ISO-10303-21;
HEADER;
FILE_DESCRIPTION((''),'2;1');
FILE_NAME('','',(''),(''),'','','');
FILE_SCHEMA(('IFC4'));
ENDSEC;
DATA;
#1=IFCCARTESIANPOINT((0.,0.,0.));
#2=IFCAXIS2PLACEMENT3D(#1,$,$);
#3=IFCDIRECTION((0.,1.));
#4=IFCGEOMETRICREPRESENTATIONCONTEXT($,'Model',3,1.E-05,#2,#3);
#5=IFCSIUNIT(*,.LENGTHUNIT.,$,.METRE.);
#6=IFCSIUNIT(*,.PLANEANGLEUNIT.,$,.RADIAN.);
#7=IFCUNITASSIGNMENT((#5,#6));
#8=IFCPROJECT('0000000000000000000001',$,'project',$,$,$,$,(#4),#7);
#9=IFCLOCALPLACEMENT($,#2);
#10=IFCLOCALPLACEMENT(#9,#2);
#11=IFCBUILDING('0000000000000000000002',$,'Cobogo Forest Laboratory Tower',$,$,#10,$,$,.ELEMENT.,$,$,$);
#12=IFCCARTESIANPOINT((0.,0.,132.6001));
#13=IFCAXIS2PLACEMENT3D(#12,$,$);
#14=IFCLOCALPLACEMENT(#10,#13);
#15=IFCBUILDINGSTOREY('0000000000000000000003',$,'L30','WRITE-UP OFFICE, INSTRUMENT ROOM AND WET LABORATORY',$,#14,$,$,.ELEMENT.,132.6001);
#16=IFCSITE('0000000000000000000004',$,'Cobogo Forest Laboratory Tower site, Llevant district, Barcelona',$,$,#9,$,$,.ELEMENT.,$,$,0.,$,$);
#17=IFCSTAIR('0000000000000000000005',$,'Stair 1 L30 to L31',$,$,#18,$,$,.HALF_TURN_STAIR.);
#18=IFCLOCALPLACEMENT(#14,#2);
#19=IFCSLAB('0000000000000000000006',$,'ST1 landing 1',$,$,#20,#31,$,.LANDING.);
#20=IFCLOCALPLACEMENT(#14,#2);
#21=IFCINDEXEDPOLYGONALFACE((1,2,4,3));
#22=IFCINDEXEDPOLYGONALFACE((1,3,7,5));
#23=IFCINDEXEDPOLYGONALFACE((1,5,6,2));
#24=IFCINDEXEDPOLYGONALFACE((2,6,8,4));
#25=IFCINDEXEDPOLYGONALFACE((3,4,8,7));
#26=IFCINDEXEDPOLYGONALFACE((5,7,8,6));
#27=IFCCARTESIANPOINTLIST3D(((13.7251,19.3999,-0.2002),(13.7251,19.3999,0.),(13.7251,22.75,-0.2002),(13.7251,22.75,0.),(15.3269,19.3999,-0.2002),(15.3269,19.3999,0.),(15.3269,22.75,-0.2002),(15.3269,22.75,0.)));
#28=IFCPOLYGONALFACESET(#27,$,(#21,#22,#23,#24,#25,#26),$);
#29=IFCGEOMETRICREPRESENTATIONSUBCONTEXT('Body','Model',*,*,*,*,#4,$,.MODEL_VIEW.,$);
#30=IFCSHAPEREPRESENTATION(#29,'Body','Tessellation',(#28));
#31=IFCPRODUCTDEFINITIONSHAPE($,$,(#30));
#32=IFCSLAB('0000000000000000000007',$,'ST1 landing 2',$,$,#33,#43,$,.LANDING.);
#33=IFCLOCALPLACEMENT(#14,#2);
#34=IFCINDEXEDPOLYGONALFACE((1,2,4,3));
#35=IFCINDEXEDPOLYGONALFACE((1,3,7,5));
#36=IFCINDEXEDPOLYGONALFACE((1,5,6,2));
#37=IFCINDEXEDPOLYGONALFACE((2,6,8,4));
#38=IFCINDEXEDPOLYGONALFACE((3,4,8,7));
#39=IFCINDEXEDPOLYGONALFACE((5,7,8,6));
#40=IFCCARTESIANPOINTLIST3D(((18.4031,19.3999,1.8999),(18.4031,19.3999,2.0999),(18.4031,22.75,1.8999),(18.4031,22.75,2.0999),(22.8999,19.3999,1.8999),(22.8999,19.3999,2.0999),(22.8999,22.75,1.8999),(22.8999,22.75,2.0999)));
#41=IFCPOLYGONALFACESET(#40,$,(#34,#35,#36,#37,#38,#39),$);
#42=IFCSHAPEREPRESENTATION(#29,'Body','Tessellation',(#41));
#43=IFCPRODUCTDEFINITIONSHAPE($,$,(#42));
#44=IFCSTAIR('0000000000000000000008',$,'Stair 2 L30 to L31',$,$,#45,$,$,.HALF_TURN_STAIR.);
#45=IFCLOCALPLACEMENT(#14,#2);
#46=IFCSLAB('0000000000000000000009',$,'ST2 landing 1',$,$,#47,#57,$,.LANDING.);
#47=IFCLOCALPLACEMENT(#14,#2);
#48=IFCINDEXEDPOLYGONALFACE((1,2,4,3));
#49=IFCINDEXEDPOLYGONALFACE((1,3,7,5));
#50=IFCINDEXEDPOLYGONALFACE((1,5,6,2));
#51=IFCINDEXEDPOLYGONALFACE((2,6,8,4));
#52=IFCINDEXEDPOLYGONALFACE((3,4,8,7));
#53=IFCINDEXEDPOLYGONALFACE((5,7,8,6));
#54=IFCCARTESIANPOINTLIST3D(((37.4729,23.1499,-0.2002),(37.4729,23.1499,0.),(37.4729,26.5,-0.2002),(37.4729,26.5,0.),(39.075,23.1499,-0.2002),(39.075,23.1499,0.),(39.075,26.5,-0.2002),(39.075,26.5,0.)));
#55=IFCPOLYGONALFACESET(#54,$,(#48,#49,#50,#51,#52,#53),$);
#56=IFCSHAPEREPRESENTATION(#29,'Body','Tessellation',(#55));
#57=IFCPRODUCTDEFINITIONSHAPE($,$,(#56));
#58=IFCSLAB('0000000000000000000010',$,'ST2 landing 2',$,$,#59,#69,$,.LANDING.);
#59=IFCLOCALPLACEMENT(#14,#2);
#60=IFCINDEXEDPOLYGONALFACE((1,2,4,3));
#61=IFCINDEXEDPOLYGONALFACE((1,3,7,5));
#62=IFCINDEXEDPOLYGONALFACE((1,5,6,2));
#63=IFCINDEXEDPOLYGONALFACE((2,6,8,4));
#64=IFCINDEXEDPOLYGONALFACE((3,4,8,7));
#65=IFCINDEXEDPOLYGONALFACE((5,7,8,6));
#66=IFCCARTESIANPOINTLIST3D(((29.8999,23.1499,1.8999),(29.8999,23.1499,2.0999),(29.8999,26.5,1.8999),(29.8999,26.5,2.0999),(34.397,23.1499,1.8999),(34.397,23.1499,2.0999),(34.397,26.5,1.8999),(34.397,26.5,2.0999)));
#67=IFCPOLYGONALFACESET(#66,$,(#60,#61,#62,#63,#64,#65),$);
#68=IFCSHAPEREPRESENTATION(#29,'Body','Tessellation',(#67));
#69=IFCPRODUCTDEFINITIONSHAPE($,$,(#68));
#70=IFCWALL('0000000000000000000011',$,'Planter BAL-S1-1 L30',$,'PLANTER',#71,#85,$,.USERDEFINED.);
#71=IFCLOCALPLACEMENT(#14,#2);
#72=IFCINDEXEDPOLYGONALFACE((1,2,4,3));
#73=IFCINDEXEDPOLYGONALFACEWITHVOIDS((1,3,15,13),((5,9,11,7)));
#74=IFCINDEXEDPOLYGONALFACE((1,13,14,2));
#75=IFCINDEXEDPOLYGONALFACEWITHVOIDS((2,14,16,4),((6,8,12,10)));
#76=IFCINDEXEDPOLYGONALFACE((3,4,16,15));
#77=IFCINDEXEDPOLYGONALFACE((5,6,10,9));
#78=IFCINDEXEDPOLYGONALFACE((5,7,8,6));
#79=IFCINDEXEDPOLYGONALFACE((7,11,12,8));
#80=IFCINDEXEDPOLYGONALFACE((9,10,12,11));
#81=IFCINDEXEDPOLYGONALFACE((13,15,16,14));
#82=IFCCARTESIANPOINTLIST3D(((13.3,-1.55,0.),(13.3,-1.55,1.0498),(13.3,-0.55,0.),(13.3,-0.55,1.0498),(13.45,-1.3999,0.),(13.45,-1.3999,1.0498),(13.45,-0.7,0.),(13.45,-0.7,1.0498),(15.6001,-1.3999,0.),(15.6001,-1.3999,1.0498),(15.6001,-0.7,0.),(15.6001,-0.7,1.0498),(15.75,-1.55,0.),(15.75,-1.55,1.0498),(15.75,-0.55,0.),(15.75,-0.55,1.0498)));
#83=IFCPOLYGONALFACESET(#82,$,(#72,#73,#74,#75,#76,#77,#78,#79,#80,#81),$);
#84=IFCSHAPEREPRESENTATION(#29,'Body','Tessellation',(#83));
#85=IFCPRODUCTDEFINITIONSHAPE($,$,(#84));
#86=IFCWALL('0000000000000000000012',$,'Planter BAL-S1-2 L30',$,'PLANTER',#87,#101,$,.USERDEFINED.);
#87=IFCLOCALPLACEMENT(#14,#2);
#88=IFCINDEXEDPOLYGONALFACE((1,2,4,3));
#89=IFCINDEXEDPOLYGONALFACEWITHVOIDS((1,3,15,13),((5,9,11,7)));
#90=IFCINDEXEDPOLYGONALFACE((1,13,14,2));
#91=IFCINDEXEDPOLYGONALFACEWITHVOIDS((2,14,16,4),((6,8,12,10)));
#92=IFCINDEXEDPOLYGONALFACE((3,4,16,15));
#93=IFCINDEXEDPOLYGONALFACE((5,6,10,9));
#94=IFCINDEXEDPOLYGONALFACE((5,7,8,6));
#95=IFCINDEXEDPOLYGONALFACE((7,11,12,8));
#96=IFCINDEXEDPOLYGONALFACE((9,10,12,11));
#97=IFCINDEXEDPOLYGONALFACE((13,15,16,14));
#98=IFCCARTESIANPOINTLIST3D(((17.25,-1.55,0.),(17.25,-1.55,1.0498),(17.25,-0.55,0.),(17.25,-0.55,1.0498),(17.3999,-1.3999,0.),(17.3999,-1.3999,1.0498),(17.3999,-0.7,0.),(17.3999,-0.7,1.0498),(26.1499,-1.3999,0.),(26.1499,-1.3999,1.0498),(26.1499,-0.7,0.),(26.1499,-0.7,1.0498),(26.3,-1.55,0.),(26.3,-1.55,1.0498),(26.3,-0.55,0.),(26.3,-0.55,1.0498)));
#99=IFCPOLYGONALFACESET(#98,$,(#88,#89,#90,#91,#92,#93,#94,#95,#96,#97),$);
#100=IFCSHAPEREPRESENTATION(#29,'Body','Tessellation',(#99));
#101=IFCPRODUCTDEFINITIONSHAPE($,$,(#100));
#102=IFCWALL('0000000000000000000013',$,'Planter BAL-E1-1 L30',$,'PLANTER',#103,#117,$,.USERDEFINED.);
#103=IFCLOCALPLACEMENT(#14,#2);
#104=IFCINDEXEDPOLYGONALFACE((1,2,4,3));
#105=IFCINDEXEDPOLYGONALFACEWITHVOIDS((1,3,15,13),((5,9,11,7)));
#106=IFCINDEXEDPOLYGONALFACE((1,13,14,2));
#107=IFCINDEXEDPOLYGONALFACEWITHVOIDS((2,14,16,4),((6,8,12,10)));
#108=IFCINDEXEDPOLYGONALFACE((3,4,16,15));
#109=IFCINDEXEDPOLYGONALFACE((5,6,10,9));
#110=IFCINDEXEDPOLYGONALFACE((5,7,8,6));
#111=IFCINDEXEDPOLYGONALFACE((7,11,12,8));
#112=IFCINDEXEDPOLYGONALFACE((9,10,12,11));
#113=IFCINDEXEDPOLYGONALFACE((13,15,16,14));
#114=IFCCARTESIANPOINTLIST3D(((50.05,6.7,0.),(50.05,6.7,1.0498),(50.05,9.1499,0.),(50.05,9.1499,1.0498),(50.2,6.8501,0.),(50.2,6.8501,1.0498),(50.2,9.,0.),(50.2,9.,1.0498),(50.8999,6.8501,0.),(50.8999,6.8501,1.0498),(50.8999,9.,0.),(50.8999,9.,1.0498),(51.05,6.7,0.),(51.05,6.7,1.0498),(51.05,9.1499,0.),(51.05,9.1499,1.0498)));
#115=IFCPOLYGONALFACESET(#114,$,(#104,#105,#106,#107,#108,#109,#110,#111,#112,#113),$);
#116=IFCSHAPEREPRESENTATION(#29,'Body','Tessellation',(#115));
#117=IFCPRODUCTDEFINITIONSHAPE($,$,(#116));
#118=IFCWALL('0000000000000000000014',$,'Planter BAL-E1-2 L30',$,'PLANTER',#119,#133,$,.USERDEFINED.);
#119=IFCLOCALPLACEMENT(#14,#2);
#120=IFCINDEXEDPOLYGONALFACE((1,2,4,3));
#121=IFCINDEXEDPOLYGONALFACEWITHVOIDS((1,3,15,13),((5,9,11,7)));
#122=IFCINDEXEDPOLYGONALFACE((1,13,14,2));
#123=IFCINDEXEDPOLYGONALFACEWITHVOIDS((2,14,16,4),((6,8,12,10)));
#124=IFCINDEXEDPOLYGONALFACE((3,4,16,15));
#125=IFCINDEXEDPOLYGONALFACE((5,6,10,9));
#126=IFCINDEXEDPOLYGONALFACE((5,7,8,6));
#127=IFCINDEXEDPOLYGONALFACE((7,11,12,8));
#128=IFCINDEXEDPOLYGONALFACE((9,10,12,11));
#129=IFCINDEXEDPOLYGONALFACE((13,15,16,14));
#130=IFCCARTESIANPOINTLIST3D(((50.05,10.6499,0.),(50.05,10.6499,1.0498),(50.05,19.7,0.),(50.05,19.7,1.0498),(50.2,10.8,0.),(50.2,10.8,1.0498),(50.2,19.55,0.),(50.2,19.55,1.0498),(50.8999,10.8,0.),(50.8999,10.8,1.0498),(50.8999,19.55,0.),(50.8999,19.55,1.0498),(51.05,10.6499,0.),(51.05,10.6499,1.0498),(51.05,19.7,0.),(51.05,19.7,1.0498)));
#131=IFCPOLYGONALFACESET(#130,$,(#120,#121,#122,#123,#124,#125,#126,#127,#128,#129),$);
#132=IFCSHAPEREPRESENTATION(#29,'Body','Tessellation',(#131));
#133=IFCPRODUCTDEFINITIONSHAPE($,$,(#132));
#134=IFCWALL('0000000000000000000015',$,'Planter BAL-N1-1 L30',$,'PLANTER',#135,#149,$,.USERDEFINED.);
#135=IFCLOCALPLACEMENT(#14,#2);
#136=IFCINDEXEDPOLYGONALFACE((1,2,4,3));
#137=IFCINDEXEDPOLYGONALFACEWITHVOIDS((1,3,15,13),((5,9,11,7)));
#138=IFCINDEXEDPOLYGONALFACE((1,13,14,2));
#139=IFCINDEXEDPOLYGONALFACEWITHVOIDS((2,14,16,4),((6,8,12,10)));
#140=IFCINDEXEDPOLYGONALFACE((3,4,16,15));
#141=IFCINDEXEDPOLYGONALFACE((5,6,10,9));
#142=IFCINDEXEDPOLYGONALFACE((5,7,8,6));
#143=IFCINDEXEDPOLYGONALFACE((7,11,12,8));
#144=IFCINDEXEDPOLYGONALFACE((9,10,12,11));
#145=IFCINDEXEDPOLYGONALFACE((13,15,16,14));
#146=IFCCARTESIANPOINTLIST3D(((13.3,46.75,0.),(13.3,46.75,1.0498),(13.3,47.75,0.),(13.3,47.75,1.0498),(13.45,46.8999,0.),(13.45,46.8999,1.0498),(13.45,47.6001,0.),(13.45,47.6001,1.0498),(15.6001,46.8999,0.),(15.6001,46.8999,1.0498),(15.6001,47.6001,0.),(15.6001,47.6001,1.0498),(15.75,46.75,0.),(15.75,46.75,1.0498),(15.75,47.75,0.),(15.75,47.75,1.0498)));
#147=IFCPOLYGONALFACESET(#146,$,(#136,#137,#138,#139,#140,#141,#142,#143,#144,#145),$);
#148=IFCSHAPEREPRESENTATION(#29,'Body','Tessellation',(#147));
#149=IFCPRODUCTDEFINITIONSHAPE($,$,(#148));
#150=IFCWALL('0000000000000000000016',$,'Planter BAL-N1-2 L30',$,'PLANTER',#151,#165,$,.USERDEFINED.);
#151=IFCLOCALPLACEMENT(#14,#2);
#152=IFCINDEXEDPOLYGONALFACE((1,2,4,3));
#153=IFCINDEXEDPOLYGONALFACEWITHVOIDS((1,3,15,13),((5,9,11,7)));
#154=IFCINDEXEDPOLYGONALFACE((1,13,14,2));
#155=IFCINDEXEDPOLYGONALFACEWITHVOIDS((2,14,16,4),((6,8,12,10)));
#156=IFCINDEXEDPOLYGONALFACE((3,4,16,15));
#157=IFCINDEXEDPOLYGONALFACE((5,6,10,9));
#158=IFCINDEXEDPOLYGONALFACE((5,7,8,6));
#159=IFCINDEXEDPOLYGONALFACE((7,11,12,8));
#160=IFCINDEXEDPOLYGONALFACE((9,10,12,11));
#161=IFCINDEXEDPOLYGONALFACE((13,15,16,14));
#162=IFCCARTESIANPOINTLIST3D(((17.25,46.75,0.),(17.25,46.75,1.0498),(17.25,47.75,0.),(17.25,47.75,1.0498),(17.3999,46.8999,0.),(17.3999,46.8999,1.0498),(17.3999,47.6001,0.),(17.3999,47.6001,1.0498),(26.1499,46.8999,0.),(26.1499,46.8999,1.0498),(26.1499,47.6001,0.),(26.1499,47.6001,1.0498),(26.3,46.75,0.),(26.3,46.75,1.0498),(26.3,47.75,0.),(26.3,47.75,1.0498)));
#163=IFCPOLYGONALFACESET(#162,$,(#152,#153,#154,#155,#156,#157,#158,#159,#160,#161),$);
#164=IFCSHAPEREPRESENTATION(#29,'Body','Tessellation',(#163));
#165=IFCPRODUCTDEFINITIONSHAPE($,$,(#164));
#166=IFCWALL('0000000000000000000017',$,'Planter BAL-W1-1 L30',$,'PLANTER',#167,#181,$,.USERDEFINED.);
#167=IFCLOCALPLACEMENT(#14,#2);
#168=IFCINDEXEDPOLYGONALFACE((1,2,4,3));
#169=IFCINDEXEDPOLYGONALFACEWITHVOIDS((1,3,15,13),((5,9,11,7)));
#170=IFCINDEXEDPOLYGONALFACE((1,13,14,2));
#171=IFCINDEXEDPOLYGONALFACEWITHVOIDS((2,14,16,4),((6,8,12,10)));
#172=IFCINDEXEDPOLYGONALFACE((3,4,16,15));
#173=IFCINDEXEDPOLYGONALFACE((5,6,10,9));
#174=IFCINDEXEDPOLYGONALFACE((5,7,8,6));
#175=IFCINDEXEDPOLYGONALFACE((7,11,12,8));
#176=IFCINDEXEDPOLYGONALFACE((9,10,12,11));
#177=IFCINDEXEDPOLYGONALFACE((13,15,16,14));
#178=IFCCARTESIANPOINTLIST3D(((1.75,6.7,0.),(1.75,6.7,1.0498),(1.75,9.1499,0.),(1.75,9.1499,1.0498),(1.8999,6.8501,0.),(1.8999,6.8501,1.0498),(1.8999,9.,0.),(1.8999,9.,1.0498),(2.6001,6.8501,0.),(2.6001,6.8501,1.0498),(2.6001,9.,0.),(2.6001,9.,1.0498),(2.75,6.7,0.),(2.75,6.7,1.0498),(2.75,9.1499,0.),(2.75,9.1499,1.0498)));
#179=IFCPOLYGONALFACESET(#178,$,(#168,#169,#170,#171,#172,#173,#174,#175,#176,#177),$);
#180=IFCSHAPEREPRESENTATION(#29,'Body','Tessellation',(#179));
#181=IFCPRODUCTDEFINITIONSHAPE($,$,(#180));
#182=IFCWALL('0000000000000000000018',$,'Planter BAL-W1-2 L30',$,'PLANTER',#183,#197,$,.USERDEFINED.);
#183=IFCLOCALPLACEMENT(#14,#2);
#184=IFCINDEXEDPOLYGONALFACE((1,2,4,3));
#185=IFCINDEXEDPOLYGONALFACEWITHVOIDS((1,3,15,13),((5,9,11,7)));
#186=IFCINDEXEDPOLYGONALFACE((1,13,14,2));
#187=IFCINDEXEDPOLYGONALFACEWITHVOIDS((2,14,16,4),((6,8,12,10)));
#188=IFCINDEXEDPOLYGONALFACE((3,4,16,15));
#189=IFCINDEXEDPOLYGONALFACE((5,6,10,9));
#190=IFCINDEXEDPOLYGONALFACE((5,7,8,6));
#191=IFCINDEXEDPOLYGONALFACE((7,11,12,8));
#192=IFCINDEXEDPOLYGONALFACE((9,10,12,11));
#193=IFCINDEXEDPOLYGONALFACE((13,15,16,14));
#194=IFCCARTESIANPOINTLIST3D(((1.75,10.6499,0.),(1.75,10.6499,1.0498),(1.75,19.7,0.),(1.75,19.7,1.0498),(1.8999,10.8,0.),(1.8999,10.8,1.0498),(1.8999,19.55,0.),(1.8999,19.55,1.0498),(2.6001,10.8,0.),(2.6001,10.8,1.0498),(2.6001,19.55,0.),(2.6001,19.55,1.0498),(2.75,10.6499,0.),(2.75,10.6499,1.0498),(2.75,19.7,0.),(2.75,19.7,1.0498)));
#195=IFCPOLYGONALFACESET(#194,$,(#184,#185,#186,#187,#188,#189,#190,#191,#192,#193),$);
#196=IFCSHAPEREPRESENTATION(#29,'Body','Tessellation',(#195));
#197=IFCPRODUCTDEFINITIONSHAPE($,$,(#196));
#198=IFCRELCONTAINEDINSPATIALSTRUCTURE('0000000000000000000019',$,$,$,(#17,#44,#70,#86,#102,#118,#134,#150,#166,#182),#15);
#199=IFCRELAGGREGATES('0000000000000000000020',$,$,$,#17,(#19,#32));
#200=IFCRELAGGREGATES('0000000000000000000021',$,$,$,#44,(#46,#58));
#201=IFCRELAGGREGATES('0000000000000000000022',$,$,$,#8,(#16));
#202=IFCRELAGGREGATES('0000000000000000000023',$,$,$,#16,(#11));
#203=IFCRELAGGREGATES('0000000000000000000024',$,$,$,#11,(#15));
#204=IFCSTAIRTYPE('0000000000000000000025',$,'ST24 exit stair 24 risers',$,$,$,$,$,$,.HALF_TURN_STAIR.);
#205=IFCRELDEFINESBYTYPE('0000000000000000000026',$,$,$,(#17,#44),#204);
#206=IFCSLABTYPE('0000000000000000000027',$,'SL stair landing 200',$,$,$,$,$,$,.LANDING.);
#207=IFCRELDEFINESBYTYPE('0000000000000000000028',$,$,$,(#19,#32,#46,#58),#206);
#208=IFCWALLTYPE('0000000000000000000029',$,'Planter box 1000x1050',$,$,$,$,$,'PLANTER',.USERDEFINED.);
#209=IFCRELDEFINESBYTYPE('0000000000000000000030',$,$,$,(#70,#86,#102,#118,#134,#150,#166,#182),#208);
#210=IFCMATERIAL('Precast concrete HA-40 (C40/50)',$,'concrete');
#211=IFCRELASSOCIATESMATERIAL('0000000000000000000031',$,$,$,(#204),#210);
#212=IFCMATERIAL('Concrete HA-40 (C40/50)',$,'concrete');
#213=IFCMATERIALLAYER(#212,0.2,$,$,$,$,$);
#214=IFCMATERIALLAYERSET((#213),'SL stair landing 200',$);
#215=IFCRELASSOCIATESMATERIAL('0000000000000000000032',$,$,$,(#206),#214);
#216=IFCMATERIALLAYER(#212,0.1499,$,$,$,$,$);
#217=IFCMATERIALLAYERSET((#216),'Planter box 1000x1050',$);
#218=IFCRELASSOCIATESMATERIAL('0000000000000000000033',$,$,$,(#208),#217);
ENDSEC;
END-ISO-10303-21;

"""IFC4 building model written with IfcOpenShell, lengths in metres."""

from ifc_helpers import new_model, si_unit, direction, frame, origin, place, context, subcontext, project, spatial, polyline, outline, extrude, material, layer, layer_set, type_object, element, aggregate, save


model = new_model("IFC4")

# Units and contexts
model_context = context("Model", 3, precision=1e-05, world=origin(), true_north=direction((0.0, 1.0)))
body_context = subcontext(model_context, "Body", "Model", "MODEL_VIEW")
ifc_project = project(units=[si_unit("LENGTHUNIT", "METRE"), si_unit("PLANEANGLEUNIT", "RADIAN")], contexts=[model_context])

# Site, building, storey
site_placement = place(None, origin())
site = spatial("IfcSite", under=ifc_project, at=site_placement, Name="Cobogo Forest Laboratory Tower site, Llevant district, Barcelona", CompositionType="ELEMENT", RefElevation=0.0)
building_placement = place(site_placement, origin())
building = spatial("IfcBuilding", under=site, at=building_placement, Name="Cobogo Forest Laboratory Tower", CompositionType="ELEMENT")
storey_placement = place(building_placement, frame((0.0, 0.0, 132.6001)))
storey = spatial("IfcBuildingStorey", under=building, at=storey_placement, Name="L30", Description="WRITE-UP OFFICE, INSTRUMENT ROOM AND WET LABORATORY", CompositionType="ELEMENT", Elevation=132.6001)

# Shared definitions
ifc_material_1 = material(Name="Concrete HA-40 (C40/50)", Category="concrete")

# Stairs, slabs
ifc_material_2 = material(Name="Precast concrete HA-40 (C40/50)", Category="concrete")
stair_type = type_object("IfcStairType", Name="ST24 exit stair 24 risers", PredefinedType="HALF_TURN_STAIR", material=ifc_material_2)
stair_1_placement = place(storey_placement, origin())
stair_1 = element("IfcStair", 1, at=stair_1_placement, inside=storey, type_object=stair_type, Name="Stair 1 L30 to L31", PredefinedType="HALF_TURN_STAIR")
ifc_layer_1 = layer(ifc_material_1, 0.2)
ifc_layer_set_1 = layer_set([ifc_layer_1], Name="SL stair landing 200")
slab_type_1 = type_object("IfcSlabType", Name="SL stair landing 200", PredefinedType="LANDING", material=ifc_layer_set_1)
slab_1_placement = place(storey_placement, frame((0.0, 0.0, -0.2002)))
slab_1 = element("IfcSlab", 2, at=slab_1_placement, type_object=slab_type_1, Name="ST1 landing 1", PredefinedType="LANDING", context=body_context, shape_type="SweptSolid", body=[
    extrude(outline(polyline([(13.7251, 19.3999), (15.3269, 19.3999), (15.3269, 22.75), (13.7251, 22.75), (13.7251, 19.3999)])), origin(), (0.0, 0.0, 1.0), 0.2002),
])
slab_2_placement = place(storey_placement, frame((0.0, 0.0, 1.8999)))
slab_2 = element("IfcSlab", 3, at=slab_2_placement, type_object=slab_type_1, Name="ST1 landing 2", PredefinedType="LANDING", context=body_context, shape_type="SweptSolid", body=[
    extrude(outline(polyline([(18.4031, 19.3999), (22.8999, 19.3999), (22.8999, 22.75), (18.4031, 22.75), (18.4031, 19.3999)])), origin(), (0.0, 0.0, 1.0), 0.2),
])
aggregate(stair_1, [slab_1, slab_2])
stair_2_placement = place(storey_placement, origin())
stair_2 = element("IfcStair", 4, at=stair_2_placement, inside=storey, type_object=stair_type, Name="Stair 2 L30 to L31", PredefinedType="HALF_TURN_STAIR")
slab_3_placement = place(storey_placement, frame((0.0, 0.0, -0.2002)))
slab_3 = element("IfcSlab", 5, at=slab_3_placement, type_object=slab_type_1, Name="ST2 landing 1", PredefinedType="LANDING", context=body_context, shape_type="SweptSolid", body=[
    extrude(outline(polyline([(37.4729, 23.1499), (39.075, 23.1499), (39.075, 26.5), (37.4729, 26.5), (37.4729, 23.1499)])), origin(), (0.0, 0.0, 1.0), 0.2002),
])
slab_4_placement = place(storey_placement, frame((0.0, 0.0, 1.8999)))
slab_4 = element("IfcSlab", 6, at=slab_4_placement, type_object=slab_type_1, Name="ST2 landing 2", PredefinedType="LANDING", context=body_context, shape_type="SweptSolid", body=[
    extrude(outline(polyline([(29.8999, 23.1499), (34.397, 23.1499), (34.397, 26.5), (29.8999, 26.5), (29.8999, 23.1499)])), origin(), (0.0, 0.0, 1.0), 0.2),
])
aggregate(stair_2, [slab_3, slab_4])

# Walls
ifc_layer_2 = layer(ifc_material_1, 0.1499)
ifc_layer_set_2 = layer_set([ifc_layer_2], Name="Planter box 1000x1050")
wall_type = type_object("IfcWallType", Name="Planter box 1000x1050", ElementType="PLANTER", PredefinedType="USERDEFINED", material=ifc_layer_set_2)
wall_1_placement = place(storey_placement, origin())
element("IfcWall", 7, at=wall_1_placement, inside=storey, type_object=wall_type, Name="Planter BAL-S1-1 L30", ObjectType="PLANTER", PredefinedType="USERDEFINED", context=body_context, shape_type="SweptSolid", body=[
    extrude(outline(polyline([(13.3, -1.55), (15.75, -1.55), (15.75, -0.55), (13.3, -0.55), (13.3, -1.55)]), holes=[polyline([(13.45, -1.3999), (15.6001, -1.3999), (15.6001, -0.7), (13.45, -0.7), (13.45, -1.3999)])]), origin(), (0.0, 0.0, 1.0), 1.0498),
])
wall_2_placement = place(storey_placement, origin())
element("IfcWall", 8, at=wall_2_placement, inside=storey, type_object=wall_type, Name="Planter BAL-S1-2 L30", ObjectType="PLANTER", PredefinedType="USERDEFINED", context=body_context, shape_type="SweptSolid", body=[
    extrude(outline(polyline([(17.25, -1.55), (26.3, -1.55), (26.3, -0.55), (17.25, -0.55), (17.25, -1.55)]), holes=[polyline([(17.3999, -1.3999), (26.1499, -1.3999), (26.1499, -0.7), (17.3999, -0.7), (17.3999, -1.3999)])]), origin(), (0.0, 0.0, 1.0), 1.0498),
])
wall_3_placement = place(storey_placement, origin())
element("IfcWall", 9, at=wall_3_placement, inside=storey, type_object=wall_type, Name="Planter BAL-E1-1 L30", ObjectType="PLANTER", PredefinedType="USERDEFINED", context=body_context, shape_type="SweptSolid", body=[
    extrude(outline(polyline([(50.05, 6.7), (51.05, 6.7), (51.05, 9.1499), (50.05, 9.1499), (50.05, 6.7)]), holes=[polyline([(50.2, 6.8501), (50.8999, 6.8501), (50.8999, 9.0), (50.2, 9.0), (50.2, 6.8501)])]), origin(), (0.0, 0.0, 1.0), 1.0498),
])
wall_4_placement = place(storey_placement, origin())
element("IfcWall", 10, at=wall_4_placement, inside=storey, type_object=wall_type, Name="Planter BAL-E1-2 L30", ObjectType="PLANTER", PredefinedType="USERDEFINED", context=body_context, shape_type="SweptSolid", body=[
    extrude(outline(polyline([(50.05, 10.6499), (51.05, 10.6499), (51.05, 19.7), (50.05, 19.7), (50.05, 10.6499)]), holes=[polyline([(50.2, 10.8), (50.8999, 10.8), (50.8999, 19.55), (50.2, 19.55), (50.2, 10.8)])]), origin(), (0.0, 0.0, 1.0), 1.0498),
])
wall_5_placement = place(storey_placement, origin())
element("IfcWall", 11, at=wall_5_placement, inside=storey, type_object=wall_type, Name="Planter BAL-N1-1 L30", ObjectType="PLANTER", PredefinedType="USERDEFINED", context=body_context, shape_type="SweptSolid", body=[
    extrude(outline(polyline([(13.3, 46.75), (15.75, 46.75), (15.75, 47.75), (13.3, 47.75), (13.3, 46.75)]), holes=[polyline([(13.45, 46.8999), (15.6001, 46.8999), (15.6001, 47.6001), (13.45, 47.6001), (13.45, 46.8999)])]), origin(), (0.0, 0.0, 1.0), 1.0498),
])
wall_6_placement = place(storey_placement, origin())
element("IfcWall", 12, at=wall_6_placement, inside=storey, type_object=wall_type, Name="Planter BAL-N1-2 L30", ObjectType="PLANTER", PredefinedType="USERDEFINED", context=body_context, shape_type="SweptSolid", body=[
    extrude(outline(polyline([(17.25, 46.75), (26.3, 46.75), (26.3, 47.75), (17.25, 47.75), (17.25, 46.75)]), holes=[polyline([(17.3999, 46.8999), (26.1499, 46.8999), (26.1499, 47.6001), (17.3999, 47.6001), (17.3999, 46.8999)])]), origin(), (0.0, 0.0, 1.0), 1.0498),
])
wall_7_placement = place(storey_placement, origin())
element("IfcWall", 13, at=wall_7_placement, inside=storey, type_object=wall_type, Name="Planter BAL-W1-1 L30", ObjectType="PLANTER", PredefinedType="USERDEFINED", context=body_context, shape_type="SweptSolid", body=[
    extrude(outline(polyline([(1.75, 6.7), (2.75, 6.7), (2.75, 9.1499), (1.75, 9.1499), (1.75, 6.7)]), holes=[polyline([(1.8999, 6.8501), (2.6001, 6.8501), (2.6001, 9.0), (1.8999, 9.0), (1.8999, 6.8501)])]), origin(), (0.0, 0.0, 1.0), 1.0498),
])
wall_8_placement = place(storey_placement, origin())
element("IfcWall", 14, at=wall_8_placement, inside=storey, type_object=wall_type, Name="Planter BAL-W1-2 L30", ObjectType="PLANTER", PredefinedType="USERDEFINED", context=body_context, shape_type="SweptSolid", body=[
    extrude(outline(polyline([(1.75, 10.6499), (2.75, 10.6499), (2.75, 19.7), (1.75, 19.7), (1.75, 10.6499)]), holes=[polyline([(1.8999, 10.8), (2.6001, 10.8), (2.6001, 19.55), (1.8999, 19.55), (1.8999, 10.8)])]), origin(), (0.0, 0.0, 1.0), 1.0498),
])

save(model, "model.ifc")
